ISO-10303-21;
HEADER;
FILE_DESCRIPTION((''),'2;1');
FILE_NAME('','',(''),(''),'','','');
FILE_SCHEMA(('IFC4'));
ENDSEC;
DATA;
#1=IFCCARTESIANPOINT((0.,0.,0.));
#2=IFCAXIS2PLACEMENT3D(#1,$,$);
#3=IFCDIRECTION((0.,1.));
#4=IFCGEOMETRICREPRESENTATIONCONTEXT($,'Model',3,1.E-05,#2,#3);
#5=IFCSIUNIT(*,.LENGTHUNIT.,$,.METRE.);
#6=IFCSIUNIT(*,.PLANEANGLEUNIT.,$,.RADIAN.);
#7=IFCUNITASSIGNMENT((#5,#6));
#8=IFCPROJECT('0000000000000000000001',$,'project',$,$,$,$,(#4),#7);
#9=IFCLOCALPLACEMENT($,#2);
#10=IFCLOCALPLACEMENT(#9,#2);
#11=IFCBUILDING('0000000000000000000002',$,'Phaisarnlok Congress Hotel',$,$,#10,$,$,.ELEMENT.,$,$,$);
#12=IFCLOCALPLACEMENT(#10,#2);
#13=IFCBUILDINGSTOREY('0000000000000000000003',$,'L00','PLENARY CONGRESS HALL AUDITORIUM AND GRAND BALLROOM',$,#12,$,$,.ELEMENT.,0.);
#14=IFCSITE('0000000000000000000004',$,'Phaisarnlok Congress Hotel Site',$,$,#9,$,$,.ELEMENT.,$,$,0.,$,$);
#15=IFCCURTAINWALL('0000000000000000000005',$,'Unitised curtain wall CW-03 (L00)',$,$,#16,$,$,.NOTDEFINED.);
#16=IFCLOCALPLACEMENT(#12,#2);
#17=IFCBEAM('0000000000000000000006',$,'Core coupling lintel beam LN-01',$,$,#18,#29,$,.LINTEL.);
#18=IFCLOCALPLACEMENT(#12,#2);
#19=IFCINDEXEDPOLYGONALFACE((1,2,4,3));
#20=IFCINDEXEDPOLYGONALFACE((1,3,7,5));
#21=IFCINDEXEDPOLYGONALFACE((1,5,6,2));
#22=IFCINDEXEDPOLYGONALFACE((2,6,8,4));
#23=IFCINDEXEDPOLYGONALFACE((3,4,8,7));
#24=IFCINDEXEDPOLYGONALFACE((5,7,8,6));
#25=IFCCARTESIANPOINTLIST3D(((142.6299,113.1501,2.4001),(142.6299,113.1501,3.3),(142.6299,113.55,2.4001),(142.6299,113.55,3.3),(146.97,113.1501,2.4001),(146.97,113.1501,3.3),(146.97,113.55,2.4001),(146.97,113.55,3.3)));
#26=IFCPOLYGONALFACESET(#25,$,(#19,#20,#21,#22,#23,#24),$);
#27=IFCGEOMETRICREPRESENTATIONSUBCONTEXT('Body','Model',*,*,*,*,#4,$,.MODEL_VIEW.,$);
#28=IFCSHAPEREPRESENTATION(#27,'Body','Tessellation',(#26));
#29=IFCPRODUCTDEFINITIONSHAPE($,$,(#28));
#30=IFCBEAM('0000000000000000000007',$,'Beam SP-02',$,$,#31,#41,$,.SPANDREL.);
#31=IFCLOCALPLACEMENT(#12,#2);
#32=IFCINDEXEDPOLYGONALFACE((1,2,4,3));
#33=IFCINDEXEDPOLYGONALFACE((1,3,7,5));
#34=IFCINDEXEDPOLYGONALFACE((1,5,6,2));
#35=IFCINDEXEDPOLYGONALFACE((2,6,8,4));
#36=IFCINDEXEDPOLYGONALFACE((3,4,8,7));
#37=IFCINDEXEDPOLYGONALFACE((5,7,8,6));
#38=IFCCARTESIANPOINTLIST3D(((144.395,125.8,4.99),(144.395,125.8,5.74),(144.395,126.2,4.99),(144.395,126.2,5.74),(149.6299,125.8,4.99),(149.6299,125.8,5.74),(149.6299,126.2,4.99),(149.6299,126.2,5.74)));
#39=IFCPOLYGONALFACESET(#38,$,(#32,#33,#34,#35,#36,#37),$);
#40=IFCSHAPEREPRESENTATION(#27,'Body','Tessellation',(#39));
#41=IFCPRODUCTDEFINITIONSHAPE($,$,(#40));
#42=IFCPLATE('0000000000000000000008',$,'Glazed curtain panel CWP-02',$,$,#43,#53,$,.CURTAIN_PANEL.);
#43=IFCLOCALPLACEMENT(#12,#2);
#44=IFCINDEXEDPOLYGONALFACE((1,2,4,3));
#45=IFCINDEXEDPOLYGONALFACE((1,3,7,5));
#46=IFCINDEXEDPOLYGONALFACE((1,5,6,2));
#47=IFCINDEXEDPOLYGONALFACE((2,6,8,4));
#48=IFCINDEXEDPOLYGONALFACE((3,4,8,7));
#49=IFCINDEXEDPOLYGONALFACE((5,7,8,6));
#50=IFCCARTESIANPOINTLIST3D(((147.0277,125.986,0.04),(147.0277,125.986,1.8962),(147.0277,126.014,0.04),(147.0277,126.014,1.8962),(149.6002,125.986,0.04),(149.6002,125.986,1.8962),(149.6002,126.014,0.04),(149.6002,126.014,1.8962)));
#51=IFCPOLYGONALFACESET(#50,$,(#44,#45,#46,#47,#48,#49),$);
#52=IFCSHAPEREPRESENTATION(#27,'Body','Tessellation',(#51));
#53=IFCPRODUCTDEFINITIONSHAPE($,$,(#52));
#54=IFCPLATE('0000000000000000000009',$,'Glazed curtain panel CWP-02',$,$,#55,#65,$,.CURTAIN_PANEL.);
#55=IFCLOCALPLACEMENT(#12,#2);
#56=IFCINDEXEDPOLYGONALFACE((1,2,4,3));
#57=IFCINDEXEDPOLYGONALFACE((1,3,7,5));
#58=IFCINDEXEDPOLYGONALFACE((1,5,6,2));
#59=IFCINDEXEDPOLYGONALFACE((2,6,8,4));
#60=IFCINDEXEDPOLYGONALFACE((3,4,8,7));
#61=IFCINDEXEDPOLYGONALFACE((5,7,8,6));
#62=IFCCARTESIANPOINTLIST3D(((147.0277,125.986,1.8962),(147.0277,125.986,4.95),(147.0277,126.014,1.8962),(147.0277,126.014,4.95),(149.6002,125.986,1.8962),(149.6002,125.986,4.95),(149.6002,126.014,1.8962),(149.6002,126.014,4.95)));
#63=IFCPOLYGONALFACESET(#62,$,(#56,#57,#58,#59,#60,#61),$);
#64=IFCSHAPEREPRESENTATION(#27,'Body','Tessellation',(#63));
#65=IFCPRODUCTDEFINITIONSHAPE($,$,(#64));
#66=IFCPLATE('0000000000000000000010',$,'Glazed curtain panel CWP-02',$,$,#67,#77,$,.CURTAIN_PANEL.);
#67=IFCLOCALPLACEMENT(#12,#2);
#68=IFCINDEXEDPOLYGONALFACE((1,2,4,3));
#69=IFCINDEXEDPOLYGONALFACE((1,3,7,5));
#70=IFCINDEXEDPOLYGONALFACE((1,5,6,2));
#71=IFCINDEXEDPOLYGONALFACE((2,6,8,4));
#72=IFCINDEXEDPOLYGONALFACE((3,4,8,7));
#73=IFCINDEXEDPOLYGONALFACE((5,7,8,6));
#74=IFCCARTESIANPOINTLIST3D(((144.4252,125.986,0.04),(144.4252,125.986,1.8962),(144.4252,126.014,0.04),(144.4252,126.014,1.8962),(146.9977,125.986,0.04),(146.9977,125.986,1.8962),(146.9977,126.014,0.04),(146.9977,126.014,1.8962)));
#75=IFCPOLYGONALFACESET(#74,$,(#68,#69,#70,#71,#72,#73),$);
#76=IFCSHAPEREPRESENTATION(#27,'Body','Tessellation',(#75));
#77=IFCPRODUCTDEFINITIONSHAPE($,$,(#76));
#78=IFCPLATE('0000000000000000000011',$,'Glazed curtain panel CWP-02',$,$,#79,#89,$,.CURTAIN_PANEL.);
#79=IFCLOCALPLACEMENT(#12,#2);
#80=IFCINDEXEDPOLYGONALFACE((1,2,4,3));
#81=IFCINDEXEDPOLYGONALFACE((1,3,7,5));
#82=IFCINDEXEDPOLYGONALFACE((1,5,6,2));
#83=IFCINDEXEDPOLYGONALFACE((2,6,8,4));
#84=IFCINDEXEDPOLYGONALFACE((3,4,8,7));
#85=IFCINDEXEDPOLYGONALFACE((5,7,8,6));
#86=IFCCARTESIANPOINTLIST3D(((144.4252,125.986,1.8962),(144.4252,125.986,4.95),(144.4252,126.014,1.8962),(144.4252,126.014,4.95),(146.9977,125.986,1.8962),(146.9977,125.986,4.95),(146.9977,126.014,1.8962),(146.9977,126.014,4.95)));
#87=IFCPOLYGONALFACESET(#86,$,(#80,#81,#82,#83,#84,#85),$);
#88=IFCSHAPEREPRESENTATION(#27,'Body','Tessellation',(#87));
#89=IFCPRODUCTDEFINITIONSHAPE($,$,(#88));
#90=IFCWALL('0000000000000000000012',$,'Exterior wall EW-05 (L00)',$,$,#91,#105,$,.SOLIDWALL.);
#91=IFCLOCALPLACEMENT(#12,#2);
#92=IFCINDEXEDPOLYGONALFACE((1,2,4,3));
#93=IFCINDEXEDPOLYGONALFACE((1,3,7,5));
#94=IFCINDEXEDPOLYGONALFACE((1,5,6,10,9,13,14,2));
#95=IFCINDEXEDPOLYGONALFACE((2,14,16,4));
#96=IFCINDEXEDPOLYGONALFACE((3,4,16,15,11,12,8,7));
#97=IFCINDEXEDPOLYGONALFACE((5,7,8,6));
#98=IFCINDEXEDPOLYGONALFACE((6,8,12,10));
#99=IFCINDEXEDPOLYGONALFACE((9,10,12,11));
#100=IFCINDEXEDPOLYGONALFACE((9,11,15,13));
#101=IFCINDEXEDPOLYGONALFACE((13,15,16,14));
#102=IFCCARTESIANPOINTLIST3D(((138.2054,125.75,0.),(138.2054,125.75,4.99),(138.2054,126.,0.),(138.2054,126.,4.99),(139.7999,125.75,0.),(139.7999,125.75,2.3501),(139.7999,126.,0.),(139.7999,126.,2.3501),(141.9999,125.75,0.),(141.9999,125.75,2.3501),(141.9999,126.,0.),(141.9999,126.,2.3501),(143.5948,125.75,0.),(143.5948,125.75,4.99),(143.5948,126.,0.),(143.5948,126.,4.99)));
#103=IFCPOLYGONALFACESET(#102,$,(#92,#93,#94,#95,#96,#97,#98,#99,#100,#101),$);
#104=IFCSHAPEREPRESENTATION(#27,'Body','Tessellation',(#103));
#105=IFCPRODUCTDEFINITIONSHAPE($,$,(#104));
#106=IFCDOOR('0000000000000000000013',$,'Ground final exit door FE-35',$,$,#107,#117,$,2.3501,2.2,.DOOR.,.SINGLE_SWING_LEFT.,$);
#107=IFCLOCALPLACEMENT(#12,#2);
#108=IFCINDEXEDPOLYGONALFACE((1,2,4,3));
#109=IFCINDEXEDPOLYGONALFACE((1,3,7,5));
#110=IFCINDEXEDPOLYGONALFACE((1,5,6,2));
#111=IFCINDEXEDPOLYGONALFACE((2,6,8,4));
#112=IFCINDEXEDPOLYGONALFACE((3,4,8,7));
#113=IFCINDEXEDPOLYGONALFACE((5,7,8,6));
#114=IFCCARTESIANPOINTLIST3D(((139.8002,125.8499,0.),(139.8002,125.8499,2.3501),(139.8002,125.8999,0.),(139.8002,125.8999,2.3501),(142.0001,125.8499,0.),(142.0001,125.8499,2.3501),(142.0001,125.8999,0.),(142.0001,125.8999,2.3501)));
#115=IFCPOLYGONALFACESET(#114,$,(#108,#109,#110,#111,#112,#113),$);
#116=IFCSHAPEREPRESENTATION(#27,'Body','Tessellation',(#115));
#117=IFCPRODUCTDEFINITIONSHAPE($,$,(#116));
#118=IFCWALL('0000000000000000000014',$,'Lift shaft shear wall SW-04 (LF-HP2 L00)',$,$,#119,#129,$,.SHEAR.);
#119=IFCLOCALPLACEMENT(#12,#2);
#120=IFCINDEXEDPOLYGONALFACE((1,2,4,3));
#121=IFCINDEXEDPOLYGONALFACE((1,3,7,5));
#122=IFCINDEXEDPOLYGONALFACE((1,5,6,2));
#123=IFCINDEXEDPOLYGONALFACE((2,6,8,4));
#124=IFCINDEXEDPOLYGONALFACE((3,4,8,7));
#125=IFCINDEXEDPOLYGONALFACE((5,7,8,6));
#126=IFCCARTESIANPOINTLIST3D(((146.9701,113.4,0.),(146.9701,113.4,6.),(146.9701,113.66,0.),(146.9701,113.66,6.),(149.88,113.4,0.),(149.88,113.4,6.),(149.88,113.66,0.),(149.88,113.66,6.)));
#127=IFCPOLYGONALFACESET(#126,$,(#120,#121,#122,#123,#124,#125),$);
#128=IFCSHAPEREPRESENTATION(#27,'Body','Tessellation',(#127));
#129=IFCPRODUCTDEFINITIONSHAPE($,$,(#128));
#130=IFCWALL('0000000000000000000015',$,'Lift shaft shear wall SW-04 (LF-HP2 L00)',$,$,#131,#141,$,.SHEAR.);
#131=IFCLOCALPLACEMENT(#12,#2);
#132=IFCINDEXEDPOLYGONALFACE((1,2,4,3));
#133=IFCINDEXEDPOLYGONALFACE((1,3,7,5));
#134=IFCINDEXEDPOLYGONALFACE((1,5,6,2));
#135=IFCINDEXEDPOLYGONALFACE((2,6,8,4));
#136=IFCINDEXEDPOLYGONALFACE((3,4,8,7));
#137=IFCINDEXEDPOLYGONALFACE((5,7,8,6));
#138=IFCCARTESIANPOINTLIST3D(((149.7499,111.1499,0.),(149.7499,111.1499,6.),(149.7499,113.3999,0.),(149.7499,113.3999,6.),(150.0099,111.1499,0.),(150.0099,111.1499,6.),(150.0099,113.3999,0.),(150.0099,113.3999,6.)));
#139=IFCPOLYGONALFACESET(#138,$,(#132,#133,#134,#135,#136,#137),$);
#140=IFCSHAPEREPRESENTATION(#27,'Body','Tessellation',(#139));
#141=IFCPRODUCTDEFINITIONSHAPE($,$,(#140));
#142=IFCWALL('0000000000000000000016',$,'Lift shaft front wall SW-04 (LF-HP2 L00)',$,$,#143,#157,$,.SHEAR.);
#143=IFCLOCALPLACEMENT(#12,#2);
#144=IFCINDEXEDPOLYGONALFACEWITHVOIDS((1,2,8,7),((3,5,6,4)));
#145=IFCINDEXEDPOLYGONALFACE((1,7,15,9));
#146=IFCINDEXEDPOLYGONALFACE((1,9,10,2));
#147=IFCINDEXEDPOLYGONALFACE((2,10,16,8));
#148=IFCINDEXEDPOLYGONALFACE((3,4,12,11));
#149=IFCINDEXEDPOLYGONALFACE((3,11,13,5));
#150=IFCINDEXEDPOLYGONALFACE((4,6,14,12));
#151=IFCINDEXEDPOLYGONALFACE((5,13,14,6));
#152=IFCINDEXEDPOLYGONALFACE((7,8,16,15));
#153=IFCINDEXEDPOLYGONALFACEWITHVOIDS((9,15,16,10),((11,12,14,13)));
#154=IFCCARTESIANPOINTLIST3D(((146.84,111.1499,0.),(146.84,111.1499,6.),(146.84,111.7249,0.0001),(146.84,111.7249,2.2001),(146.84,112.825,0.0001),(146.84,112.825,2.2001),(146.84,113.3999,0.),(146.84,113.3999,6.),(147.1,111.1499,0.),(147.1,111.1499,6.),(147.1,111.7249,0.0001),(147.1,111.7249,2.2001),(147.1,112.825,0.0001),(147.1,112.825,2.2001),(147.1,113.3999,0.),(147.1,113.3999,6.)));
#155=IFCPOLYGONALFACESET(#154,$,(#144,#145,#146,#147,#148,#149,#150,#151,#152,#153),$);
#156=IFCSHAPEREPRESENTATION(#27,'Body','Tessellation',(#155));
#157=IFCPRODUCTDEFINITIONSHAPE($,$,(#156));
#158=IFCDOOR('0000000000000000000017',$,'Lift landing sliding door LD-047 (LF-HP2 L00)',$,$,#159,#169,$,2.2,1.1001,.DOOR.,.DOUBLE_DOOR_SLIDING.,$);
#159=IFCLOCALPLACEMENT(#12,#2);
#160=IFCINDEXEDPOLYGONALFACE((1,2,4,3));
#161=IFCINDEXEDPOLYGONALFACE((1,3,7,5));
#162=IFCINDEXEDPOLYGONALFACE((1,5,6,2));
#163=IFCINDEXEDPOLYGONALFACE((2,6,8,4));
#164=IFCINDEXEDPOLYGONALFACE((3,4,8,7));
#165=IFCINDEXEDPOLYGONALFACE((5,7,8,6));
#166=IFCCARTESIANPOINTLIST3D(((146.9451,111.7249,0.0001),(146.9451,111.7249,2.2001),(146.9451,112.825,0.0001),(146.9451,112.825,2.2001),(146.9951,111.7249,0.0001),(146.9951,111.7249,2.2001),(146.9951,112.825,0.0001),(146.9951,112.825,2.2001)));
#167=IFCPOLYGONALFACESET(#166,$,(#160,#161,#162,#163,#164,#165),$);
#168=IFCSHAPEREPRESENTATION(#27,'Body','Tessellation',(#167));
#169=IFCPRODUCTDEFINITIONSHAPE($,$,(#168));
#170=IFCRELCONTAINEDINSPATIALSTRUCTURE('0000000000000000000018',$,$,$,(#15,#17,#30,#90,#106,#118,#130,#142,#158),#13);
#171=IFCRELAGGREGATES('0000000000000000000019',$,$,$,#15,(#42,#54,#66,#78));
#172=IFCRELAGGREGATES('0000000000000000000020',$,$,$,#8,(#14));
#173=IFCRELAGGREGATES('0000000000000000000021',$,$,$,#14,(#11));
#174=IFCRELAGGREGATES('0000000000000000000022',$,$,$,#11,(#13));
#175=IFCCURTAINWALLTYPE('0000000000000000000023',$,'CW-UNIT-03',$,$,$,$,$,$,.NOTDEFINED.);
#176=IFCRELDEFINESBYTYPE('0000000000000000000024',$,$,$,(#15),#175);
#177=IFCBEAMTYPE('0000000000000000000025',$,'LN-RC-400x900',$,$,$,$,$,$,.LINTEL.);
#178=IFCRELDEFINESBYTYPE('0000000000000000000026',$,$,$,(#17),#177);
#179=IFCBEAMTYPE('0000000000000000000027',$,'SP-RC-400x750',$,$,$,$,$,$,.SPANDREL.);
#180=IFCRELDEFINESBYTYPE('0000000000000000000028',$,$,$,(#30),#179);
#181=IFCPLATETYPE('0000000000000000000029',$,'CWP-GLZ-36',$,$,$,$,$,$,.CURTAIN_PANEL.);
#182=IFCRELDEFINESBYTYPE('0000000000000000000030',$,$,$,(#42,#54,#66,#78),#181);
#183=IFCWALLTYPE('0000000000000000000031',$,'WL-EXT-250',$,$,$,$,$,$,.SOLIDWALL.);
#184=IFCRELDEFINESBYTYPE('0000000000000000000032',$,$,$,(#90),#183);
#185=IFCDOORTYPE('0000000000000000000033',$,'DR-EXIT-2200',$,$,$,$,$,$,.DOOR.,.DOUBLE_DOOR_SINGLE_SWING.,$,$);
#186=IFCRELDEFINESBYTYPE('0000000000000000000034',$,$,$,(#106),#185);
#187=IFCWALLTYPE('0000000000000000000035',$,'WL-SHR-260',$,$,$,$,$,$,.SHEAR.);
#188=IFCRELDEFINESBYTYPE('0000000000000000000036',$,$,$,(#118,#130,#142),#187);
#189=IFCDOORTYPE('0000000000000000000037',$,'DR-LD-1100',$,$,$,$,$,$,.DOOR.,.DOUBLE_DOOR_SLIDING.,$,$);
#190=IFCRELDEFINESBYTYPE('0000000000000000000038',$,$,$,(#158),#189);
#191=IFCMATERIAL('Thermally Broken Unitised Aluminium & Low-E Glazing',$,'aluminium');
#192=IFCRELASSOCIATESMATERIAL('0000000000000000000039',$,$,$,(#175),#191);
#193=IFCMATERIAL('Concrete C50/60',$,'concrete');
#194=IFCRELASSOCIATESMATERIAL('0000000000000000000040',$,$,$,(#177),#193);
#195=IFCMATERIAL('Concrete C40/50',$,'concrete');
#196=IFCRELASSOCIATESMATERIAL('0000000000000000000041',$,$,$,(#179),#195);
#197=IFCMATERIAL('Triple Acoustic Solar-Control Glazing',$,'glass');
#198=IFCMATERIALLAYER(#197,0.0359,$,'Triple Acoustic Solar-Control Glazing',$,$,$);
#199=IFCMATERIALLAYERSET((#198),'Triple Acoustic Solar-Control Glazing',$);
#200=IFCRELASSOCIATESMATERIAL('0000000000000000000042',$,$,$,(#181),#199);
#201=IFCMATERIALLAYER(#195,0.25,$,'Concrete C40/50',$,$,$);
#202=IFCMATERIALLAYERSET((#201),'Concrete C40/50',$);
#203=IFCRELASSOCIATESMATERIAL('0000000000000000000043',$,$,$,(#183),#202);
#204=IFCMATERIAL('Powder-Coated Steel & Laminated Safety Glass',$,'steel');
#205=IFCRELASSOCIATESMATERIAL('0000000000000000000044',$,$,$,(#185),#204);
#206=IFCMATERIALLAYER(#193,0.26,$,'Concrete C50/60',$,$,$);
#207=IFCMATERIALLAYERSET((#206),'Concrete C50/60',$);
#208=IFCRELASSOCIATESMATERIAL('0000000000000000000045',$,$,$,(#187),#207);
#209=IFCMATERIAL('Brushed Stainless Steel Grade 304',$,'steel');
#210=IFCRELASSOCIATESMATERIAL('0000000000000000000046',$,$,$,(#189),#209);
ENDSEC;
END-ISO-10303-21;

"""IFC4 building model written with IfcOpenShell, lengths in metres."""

from ifc_helpers import new_model, si_unit, direction, frame, frame_2d, origin, origin_2d, place, context, subcontext, project, spatial, rectangle, extrude, material, layer, layer_set, material_profile, profile_set, type_object, element, fill, aggregate, save


model = new_model("IFC4")

# Units and contexts
model_context = context("Model", 3, precision=1e-05, world=origin(), true_north=direction((0.0, 1.0)))
body_context = subcontext(model_context, "Body", "Model", "MODEL_VIEW")
ifc_project = project(units=[si_unit("LENGTHUNIT", "METRE"), si_unit("PLANEANGLEUNIT", "RADIAN")], contexts=[model_context])

# Site, building, storey
site_placement = place(None, origin())
site = spatial("IfcSite", under=ifc_project, at=site_placement, Name="Phaisarnlok Congress Hotel Site", CompositionType="ELEMENT", RefElevation=0.0)
building_placement = place(site_placement, origin())
building = spatial("IfcBuilding", under=site, at=building_placement, Name="Phaisarnlok Congress Hotel", CompositionType="ELEMENT")
storey_placement = place(building_placement, origin())
storey = spatial("IfcBuildingStorey", under=building, at=storey_placement, Name="L00", Description="PLENARY CONGRESS HALL AUDITORIUM AND GRAND BALLROOM", CompositionType="ELEMENT", Elevation=0.0)

# Shared definitions
ifc_material_1 = material(Name="Concrete C50/60", Category="concrete")

# Shared definitions
ifc_material_2 = material(Name="Concrete C40/50", Category="concrete")

# Curtain wall
ifc_material_3 = material(Name="Thermally Broken Unitised Aluminium & Low-E Glazing", Category="aluminium")
curtain_wall_type = type_object("IfcCurtainWallType", Name="CW-UNIT-03", PredefinedType="NOTDEFINED", material=ifc_material_3)
curtain_wall_placement = place(storey_placement, origin())
curtain_wall = element("IfcCurtainWall", 1, at=curtain_wall_placement, inside=storey, type_object=curtain_wall_type, Name="Unitised curtain wall CW-03 (L00)", PredefinedType="NOTDEFINED")

# Beams
ifc_material_profile_1 = material_profile(ifc_material_1, rectangle(XDim=0.3999, YDim=0.8999, at=origin_2d()), Name="RC 400x900")
ifc_profile_set_1 = profile_set([ifc_material_profile_1], Name="Concrete C50/60")
beam_type_1 = type_object("IfcBeamType", Name="LN-RC-400x900", PredefinedType="LINTEL", material=ifc_profile_set_1)
beam_1_placement = place(storey_placement, frame((142.6299, 113.3501, 2.8501), z_axis=(1.0, 0.0, 0.0), x_axis=(0.0, 1.0, 0.0)))
element("IfcBeam", 2, at=beam_1_placement, inside=storey, type_object=beam_type_1, Name="Core coupling lintel beam LN-01", PredefinedType="LINTEL", context=body_context, shape_type="SweptSolid", body=[
    extrude(rectangle(XDim=0.3999, YDim=0.8999, at=origin_2d()), origin(), (0.0, 0.0, 1.0), 4.3401),
])
ifc_material_profile_2 = material_profile(ifc_material_2, rectangle(XDim=0.3999, YDim=0.75, at=origin_2d()), Name="RC 400x750")
ifc_profile_set_2 = profile_set([ifc_material_profile_2], Name="Concrete C40/50")
beam_type_2 = type_object("IfcBeamType", Name="SP-RC-400x750", PredefinedType="SPANDREL", material=ifc_profile_set_2)
beam_2_placement = place(storey_placement, frame((144.395, 126.0, 5.365), z_axis=(1.0, 0.0, 0.0), x_axis=(0.0, 1.0, 0.0)))
element("IfcBeam", 3, at=beam_2_placement, inside=storey, type_object=beam_type_2, Name="Beam SP-02", PredefinedType="SPANDREL", context=body_context, shape_type="SweptSolid", body=[
    extrude(rectangle(XDim=0.3999, YDim=0.75, at=origin_2d()), origin(), (0.0, 0.0, 1.0), 5.2349),
])

# Plates
ifc_material_4 = material(Name="Triple Acoustic Solar-Control Glazing", Category="glass")
ifc_layer_1 = layer(ifc_material_4, 0.0359, Name="Triple Acoustic Solar-Control Glazing")
ifc_layer_set_1 = layer_set([ifc_layer_1], Name="Triple Acoustic Solar-Control Glazing")
plate_type = type_object("IfcPlateType", Name="CWP-GLZ-36", PredefinedType="CURTAIN_PANEL", material=ifc_layer_set_1)
plate_1_placement = place(storey_placement, frame((149.6001, 126.0, 0.04), z_axis=(0.0, 0.0, 1.0), x_axis=(-1.0, 0.0, 0.0)))
plate_1 = element("IfcPlate", 4, at=plate_1_placement, type_object=plate_type, Name="Glazed curtain panel CWP-02", PredefinedType="CURTAIN_PANEL", context=body_context, shape_type="SweptSolid", body=[
    extrude(rectangle(XDim=2.5725, YDim=0.0281, at=frame_2d((1.2861, 0.0))), origin(), (0.0, 0.0, 1.0), 1.8562),
])
plate_2_placement = place(storey_placement, frame((149.6001, 126.0, 1.8962), z_axis=(0.0, 0.0, 1.0), x_axis=(-1.0, 0.0, 0.0)))
plate_2 = element("IfcPlate", 5, at=plate_2_placement, type_object=plate_type, Name="Glazed curtain panel CWP-02", PredefinedType="CURTAIN_PANEL", context=body_context, shape_type="SweptSolid", body=[
    extrude(rectangle(XDim=2.5725, YDim=0.0281, at=frame_2d((1.2861, 0.0))), origin(), (0.0, 0.0, 1.0), 3.0537),
])
plate_3_placement = place(storey_placement, frame((146.9976, 126.0, 0.04), z_axis=(0.0, 0.0, 1.0), x_axis=(-1.0, 0.0, 0.0)))
plate_3 = element("IfcPlate", 6, at=plate_3_placement, type_object=plate_type, Name="Glazed curtain panel CWP-02", PredefinedType="CURTAIN_PANEL", context=body_context, shape_type="SweptSolid", body=[
    extrude(rectangle(XDim=2.5725, YDim=0.0281, at=frame_2d((1.2861, 0.0))), origin(), (0.0, 0.0, 1.0), 1.8562),
])
plate_4_placement = place(storey_placement, frame((146.9976, 126.0, 1.8962), z_axis=(0.0, 0.0, 1.0), x_axis=(-1.0, 0.0, 0.0)))
plate_4 = element("IfcPlate", 7, at=plate_4_placement, type_object=plate_type, Name="Glazed curtain panel CWP-02", PredefinedType="CURTAIN_PANEL", context=body_context, shape_type="SweptSolid", body=[
    extrude(rectangle(XDim=2.5725, YDim=0.0281, at=frame_2d((1.2861, 0.0))), origin(), (0.0, 0.0, 1.0), 3.0537),
])
aggregate(curtain_wall, [plate_1, plate_2, plate_3, plate_4])

# Wall, opening, door
ifc_layer_2 = layer(ifc_material_2, 0.25, Name="Concrete C40/50")
ifc_layer_set_2 = layer_set([ifc_layer_2], Name="Concrete C40/50")
wall_type_1 = type_object("IfcWallType", Name="WL-EXT-250", PredefinedType="SOLIDWALL", material=ifc_layer_set_2)
wall_1_placement = place(storey_placement, frame((143.595, 125.875, 0.0), z_axis=(0.0, 0.0, 1.0), x_axis=(-1.0, 0.0, 0.0)))
wall_1 = element("IfcWall", 8, at=wall_1_placement, inside=storey, type_object=wall_type_1, Name="Exterior wall EW-05 (L00)", PredefinedType="SOLIDWALL", context=body_context, shape_type="SweptSolid", body=[
    extrude(rectangle(XDim=5.3894, YDim=0.25, at=frame_2d((2.6948, 0.0))), origin(), (0.0, 0.0, 1.0), 4.99),
])
opening_1_placement = place(wall_1_placement, frame((1.595, 0.0, 0.0)))
opening_1 = element("IfcOpeningElement", 9, at=opening_1_placement, cuts=wall_1, PredefinedType="OPENING", context=body_context, shape_type="SweptSolid", body=[
    extrude(rectangle(XDim=2.2, YDim=2.3501, at=frame_2d((1.1001, 1.175))), frame((0.0, 0.135, 0.0), z_axis=(0.0, -1.0, 0.0), x_axis=(1.0, 0.0, 0.0)), (0.0, 0.0, 1.0), 0.27),
])
ifc_material_5 = material(Name="Powder-Coated Steel & Laminated Safety Glass", Category="steel")
door_type_1 = type_object("IfcDoorType", Name="DR-EXIT-2200", OperationType="DOUBLE_DOOR_SINGLE_SWING", PredefinedType="DOOR", material=ifc_material_5)
door_1_placement = place(opening_1_placement, frame((2.2, 0.0, 0.0), z_axis=(0.0, 0.0, 1.0), x_axis=(-1.0, 0.0, 0.0)))
door_1 = element("IfcDoor", 10, at=door_1_placement, inside=storey, type_object=door_type_1, Name="Ground final exit door FE-35", OperationType="SINGLE_SWING_LEFT", OverallHeight=2.3501, OverallWidth=2.2, PredefinedType="DOOR", context=body_context, shape_type="SweptSolid", body=[
    extrude(rectangle(XDim=2.2, YDim=2.3501, at=frame_2d((1.1001, 1.175))), frame((0.0, 0.0249, 0.0), z_axis=(0.0, -1.0, 0.0), x_axis=(1.0, 0.0, 0.0)), (0.0, 0.0, 1.0), 0.05),
])
fill(opening_1, door_1)

# Walls
ifc_layer_3 = layer(ifc_material_1, 0.26, Name="Concrete C50/60")
ifc_layer_set_3 = layer_set([ifc_layer_3], Name="Concrete C50/60")
wall_type_2 = type_object("IfcWallType", Name="WL-SHR-260", PredefinedType="SHEAR", material=ifc_layer_set_3)
wall_2_placement = place(storey_placement, frame((146.97, 113.53, 0.0), z_axis=(0.0, 0.0, 1.0), x_axis=(1.0, 0.0, 0.0)))
element("IfcWall", 11, at=wall_2_placement, inside=storey, type_object=wall_type_2, Name="Lift shaft shear wall SW-04 (LF-HP2 L00)", PredefinedType="SHEAR", context=body_context, shape_type="SweptSolid", body=[
    extrude(rectangle(XDim=2.9099, YDim=0.26, at=frame_2d((1.4551, 0.0))), origin(), (0.0, 0.0, 1.0), 6.0),
])
wall_3_placement = place(storey_placement, frame((149.8799, 111.1499, 0.0), z_axis=(0.0, 0.0, 1.0), x_axis=(0.0, 1.0, 0.0)))
element("IfcWall", 12, at=wall_3_placement, inside=storey, type_object=wall_type_2, Name="Lift shaft shear wall SW-04 (LF-HP2 L00)", PredefinedType="SHEAR", context=body_context, shape_type="SweptSolid", body=[
    extrude(rectangle(XDim=2.25, YDim=0.26, at=frame_2d((1.125, 0.0))), origin(), (0.0, 0.0, 1.0), 6.0),
])

# Wall, opening, door
wall_4_placement = place(storey_placement, frame((146.97, 111.1499, 0.0), z_axis=(0.0, 0.0, 1.0), x_axis=(0.0, 1.0, 0.0)))
wall_4 = element("IfcWall", 13, at=wall_4_placement, inside=storey, type_object=wall_type_2, Name="Lift shaft front wall SW-04 (LF-HP2 L00)", PredefinedType="SHEAR", context=body_context, shape_type="SweptSolid", body=[
    extrude(rectangle(XDim=2.25, YDim=0.26, at=frame_2d((1.125, 0.0))), origin(), (0.0, 0.0, 1.0), 6.0),
])
opening_2_placement = place(wall_4_placement, frame((0.575, 0.0, 0.0)))
opening_2 = element("IfcOpeningElement", 14, at=opening_2_placement, cuts=wall_4, PredefinedType="OPENING", context=body_context, shape_type="SweptSolid", body=[
    extrude(rectangle(XDim=1.1001, YDim=2.2, at=frame_2d((0.55, 1.1001))), frame((0.0, 0.1401, 0.0), z_axis=(0.0, -1.0, 0.0), x_axis=(1.0, 0.0, 0.0)), (0.0, 0.0, 1.0), 0.28),
])
ifc_material_6 = material(Name="Brushed Stainless Steel Grade 304", Category="steel")
door_type_2 = type_object("IfcDoorType", Name="DR-LD-1100", OperationType="DOUBLE_DOOR_SLIDING", PredefinedType="DOOR", material=ifc_material_6)
door_2_placement = place(opening_2_placement, origin())
door_2 = element("IfcDoor", 15, at=door_2_placement, inside=storey, type_object=door_type_2, Name="Lift landing sliding door LD-047 (LF-HP2 L00)", OperationType="DOUBLE_DOOR_SLIDING", OverallHeight=2.2, OverallWidth=1.1001, PredefinedType="DOOR", context=body_context, shape_type="SweptSolid", body=[
    extrude(rectangle(XDim=1.1001, YDim=2.2, at=frame_2d((0.55, 1.1001))), frame((0.0, 0.0249, 0.0), z_axis=(0.0, -1.0, 0.0), x_axis=(1.0, 0.0, 0.0)), (0.0, 0.0, 1.0), 0.05),
])
fill(opening_2, door_2)

save(model, "model.ifc")
